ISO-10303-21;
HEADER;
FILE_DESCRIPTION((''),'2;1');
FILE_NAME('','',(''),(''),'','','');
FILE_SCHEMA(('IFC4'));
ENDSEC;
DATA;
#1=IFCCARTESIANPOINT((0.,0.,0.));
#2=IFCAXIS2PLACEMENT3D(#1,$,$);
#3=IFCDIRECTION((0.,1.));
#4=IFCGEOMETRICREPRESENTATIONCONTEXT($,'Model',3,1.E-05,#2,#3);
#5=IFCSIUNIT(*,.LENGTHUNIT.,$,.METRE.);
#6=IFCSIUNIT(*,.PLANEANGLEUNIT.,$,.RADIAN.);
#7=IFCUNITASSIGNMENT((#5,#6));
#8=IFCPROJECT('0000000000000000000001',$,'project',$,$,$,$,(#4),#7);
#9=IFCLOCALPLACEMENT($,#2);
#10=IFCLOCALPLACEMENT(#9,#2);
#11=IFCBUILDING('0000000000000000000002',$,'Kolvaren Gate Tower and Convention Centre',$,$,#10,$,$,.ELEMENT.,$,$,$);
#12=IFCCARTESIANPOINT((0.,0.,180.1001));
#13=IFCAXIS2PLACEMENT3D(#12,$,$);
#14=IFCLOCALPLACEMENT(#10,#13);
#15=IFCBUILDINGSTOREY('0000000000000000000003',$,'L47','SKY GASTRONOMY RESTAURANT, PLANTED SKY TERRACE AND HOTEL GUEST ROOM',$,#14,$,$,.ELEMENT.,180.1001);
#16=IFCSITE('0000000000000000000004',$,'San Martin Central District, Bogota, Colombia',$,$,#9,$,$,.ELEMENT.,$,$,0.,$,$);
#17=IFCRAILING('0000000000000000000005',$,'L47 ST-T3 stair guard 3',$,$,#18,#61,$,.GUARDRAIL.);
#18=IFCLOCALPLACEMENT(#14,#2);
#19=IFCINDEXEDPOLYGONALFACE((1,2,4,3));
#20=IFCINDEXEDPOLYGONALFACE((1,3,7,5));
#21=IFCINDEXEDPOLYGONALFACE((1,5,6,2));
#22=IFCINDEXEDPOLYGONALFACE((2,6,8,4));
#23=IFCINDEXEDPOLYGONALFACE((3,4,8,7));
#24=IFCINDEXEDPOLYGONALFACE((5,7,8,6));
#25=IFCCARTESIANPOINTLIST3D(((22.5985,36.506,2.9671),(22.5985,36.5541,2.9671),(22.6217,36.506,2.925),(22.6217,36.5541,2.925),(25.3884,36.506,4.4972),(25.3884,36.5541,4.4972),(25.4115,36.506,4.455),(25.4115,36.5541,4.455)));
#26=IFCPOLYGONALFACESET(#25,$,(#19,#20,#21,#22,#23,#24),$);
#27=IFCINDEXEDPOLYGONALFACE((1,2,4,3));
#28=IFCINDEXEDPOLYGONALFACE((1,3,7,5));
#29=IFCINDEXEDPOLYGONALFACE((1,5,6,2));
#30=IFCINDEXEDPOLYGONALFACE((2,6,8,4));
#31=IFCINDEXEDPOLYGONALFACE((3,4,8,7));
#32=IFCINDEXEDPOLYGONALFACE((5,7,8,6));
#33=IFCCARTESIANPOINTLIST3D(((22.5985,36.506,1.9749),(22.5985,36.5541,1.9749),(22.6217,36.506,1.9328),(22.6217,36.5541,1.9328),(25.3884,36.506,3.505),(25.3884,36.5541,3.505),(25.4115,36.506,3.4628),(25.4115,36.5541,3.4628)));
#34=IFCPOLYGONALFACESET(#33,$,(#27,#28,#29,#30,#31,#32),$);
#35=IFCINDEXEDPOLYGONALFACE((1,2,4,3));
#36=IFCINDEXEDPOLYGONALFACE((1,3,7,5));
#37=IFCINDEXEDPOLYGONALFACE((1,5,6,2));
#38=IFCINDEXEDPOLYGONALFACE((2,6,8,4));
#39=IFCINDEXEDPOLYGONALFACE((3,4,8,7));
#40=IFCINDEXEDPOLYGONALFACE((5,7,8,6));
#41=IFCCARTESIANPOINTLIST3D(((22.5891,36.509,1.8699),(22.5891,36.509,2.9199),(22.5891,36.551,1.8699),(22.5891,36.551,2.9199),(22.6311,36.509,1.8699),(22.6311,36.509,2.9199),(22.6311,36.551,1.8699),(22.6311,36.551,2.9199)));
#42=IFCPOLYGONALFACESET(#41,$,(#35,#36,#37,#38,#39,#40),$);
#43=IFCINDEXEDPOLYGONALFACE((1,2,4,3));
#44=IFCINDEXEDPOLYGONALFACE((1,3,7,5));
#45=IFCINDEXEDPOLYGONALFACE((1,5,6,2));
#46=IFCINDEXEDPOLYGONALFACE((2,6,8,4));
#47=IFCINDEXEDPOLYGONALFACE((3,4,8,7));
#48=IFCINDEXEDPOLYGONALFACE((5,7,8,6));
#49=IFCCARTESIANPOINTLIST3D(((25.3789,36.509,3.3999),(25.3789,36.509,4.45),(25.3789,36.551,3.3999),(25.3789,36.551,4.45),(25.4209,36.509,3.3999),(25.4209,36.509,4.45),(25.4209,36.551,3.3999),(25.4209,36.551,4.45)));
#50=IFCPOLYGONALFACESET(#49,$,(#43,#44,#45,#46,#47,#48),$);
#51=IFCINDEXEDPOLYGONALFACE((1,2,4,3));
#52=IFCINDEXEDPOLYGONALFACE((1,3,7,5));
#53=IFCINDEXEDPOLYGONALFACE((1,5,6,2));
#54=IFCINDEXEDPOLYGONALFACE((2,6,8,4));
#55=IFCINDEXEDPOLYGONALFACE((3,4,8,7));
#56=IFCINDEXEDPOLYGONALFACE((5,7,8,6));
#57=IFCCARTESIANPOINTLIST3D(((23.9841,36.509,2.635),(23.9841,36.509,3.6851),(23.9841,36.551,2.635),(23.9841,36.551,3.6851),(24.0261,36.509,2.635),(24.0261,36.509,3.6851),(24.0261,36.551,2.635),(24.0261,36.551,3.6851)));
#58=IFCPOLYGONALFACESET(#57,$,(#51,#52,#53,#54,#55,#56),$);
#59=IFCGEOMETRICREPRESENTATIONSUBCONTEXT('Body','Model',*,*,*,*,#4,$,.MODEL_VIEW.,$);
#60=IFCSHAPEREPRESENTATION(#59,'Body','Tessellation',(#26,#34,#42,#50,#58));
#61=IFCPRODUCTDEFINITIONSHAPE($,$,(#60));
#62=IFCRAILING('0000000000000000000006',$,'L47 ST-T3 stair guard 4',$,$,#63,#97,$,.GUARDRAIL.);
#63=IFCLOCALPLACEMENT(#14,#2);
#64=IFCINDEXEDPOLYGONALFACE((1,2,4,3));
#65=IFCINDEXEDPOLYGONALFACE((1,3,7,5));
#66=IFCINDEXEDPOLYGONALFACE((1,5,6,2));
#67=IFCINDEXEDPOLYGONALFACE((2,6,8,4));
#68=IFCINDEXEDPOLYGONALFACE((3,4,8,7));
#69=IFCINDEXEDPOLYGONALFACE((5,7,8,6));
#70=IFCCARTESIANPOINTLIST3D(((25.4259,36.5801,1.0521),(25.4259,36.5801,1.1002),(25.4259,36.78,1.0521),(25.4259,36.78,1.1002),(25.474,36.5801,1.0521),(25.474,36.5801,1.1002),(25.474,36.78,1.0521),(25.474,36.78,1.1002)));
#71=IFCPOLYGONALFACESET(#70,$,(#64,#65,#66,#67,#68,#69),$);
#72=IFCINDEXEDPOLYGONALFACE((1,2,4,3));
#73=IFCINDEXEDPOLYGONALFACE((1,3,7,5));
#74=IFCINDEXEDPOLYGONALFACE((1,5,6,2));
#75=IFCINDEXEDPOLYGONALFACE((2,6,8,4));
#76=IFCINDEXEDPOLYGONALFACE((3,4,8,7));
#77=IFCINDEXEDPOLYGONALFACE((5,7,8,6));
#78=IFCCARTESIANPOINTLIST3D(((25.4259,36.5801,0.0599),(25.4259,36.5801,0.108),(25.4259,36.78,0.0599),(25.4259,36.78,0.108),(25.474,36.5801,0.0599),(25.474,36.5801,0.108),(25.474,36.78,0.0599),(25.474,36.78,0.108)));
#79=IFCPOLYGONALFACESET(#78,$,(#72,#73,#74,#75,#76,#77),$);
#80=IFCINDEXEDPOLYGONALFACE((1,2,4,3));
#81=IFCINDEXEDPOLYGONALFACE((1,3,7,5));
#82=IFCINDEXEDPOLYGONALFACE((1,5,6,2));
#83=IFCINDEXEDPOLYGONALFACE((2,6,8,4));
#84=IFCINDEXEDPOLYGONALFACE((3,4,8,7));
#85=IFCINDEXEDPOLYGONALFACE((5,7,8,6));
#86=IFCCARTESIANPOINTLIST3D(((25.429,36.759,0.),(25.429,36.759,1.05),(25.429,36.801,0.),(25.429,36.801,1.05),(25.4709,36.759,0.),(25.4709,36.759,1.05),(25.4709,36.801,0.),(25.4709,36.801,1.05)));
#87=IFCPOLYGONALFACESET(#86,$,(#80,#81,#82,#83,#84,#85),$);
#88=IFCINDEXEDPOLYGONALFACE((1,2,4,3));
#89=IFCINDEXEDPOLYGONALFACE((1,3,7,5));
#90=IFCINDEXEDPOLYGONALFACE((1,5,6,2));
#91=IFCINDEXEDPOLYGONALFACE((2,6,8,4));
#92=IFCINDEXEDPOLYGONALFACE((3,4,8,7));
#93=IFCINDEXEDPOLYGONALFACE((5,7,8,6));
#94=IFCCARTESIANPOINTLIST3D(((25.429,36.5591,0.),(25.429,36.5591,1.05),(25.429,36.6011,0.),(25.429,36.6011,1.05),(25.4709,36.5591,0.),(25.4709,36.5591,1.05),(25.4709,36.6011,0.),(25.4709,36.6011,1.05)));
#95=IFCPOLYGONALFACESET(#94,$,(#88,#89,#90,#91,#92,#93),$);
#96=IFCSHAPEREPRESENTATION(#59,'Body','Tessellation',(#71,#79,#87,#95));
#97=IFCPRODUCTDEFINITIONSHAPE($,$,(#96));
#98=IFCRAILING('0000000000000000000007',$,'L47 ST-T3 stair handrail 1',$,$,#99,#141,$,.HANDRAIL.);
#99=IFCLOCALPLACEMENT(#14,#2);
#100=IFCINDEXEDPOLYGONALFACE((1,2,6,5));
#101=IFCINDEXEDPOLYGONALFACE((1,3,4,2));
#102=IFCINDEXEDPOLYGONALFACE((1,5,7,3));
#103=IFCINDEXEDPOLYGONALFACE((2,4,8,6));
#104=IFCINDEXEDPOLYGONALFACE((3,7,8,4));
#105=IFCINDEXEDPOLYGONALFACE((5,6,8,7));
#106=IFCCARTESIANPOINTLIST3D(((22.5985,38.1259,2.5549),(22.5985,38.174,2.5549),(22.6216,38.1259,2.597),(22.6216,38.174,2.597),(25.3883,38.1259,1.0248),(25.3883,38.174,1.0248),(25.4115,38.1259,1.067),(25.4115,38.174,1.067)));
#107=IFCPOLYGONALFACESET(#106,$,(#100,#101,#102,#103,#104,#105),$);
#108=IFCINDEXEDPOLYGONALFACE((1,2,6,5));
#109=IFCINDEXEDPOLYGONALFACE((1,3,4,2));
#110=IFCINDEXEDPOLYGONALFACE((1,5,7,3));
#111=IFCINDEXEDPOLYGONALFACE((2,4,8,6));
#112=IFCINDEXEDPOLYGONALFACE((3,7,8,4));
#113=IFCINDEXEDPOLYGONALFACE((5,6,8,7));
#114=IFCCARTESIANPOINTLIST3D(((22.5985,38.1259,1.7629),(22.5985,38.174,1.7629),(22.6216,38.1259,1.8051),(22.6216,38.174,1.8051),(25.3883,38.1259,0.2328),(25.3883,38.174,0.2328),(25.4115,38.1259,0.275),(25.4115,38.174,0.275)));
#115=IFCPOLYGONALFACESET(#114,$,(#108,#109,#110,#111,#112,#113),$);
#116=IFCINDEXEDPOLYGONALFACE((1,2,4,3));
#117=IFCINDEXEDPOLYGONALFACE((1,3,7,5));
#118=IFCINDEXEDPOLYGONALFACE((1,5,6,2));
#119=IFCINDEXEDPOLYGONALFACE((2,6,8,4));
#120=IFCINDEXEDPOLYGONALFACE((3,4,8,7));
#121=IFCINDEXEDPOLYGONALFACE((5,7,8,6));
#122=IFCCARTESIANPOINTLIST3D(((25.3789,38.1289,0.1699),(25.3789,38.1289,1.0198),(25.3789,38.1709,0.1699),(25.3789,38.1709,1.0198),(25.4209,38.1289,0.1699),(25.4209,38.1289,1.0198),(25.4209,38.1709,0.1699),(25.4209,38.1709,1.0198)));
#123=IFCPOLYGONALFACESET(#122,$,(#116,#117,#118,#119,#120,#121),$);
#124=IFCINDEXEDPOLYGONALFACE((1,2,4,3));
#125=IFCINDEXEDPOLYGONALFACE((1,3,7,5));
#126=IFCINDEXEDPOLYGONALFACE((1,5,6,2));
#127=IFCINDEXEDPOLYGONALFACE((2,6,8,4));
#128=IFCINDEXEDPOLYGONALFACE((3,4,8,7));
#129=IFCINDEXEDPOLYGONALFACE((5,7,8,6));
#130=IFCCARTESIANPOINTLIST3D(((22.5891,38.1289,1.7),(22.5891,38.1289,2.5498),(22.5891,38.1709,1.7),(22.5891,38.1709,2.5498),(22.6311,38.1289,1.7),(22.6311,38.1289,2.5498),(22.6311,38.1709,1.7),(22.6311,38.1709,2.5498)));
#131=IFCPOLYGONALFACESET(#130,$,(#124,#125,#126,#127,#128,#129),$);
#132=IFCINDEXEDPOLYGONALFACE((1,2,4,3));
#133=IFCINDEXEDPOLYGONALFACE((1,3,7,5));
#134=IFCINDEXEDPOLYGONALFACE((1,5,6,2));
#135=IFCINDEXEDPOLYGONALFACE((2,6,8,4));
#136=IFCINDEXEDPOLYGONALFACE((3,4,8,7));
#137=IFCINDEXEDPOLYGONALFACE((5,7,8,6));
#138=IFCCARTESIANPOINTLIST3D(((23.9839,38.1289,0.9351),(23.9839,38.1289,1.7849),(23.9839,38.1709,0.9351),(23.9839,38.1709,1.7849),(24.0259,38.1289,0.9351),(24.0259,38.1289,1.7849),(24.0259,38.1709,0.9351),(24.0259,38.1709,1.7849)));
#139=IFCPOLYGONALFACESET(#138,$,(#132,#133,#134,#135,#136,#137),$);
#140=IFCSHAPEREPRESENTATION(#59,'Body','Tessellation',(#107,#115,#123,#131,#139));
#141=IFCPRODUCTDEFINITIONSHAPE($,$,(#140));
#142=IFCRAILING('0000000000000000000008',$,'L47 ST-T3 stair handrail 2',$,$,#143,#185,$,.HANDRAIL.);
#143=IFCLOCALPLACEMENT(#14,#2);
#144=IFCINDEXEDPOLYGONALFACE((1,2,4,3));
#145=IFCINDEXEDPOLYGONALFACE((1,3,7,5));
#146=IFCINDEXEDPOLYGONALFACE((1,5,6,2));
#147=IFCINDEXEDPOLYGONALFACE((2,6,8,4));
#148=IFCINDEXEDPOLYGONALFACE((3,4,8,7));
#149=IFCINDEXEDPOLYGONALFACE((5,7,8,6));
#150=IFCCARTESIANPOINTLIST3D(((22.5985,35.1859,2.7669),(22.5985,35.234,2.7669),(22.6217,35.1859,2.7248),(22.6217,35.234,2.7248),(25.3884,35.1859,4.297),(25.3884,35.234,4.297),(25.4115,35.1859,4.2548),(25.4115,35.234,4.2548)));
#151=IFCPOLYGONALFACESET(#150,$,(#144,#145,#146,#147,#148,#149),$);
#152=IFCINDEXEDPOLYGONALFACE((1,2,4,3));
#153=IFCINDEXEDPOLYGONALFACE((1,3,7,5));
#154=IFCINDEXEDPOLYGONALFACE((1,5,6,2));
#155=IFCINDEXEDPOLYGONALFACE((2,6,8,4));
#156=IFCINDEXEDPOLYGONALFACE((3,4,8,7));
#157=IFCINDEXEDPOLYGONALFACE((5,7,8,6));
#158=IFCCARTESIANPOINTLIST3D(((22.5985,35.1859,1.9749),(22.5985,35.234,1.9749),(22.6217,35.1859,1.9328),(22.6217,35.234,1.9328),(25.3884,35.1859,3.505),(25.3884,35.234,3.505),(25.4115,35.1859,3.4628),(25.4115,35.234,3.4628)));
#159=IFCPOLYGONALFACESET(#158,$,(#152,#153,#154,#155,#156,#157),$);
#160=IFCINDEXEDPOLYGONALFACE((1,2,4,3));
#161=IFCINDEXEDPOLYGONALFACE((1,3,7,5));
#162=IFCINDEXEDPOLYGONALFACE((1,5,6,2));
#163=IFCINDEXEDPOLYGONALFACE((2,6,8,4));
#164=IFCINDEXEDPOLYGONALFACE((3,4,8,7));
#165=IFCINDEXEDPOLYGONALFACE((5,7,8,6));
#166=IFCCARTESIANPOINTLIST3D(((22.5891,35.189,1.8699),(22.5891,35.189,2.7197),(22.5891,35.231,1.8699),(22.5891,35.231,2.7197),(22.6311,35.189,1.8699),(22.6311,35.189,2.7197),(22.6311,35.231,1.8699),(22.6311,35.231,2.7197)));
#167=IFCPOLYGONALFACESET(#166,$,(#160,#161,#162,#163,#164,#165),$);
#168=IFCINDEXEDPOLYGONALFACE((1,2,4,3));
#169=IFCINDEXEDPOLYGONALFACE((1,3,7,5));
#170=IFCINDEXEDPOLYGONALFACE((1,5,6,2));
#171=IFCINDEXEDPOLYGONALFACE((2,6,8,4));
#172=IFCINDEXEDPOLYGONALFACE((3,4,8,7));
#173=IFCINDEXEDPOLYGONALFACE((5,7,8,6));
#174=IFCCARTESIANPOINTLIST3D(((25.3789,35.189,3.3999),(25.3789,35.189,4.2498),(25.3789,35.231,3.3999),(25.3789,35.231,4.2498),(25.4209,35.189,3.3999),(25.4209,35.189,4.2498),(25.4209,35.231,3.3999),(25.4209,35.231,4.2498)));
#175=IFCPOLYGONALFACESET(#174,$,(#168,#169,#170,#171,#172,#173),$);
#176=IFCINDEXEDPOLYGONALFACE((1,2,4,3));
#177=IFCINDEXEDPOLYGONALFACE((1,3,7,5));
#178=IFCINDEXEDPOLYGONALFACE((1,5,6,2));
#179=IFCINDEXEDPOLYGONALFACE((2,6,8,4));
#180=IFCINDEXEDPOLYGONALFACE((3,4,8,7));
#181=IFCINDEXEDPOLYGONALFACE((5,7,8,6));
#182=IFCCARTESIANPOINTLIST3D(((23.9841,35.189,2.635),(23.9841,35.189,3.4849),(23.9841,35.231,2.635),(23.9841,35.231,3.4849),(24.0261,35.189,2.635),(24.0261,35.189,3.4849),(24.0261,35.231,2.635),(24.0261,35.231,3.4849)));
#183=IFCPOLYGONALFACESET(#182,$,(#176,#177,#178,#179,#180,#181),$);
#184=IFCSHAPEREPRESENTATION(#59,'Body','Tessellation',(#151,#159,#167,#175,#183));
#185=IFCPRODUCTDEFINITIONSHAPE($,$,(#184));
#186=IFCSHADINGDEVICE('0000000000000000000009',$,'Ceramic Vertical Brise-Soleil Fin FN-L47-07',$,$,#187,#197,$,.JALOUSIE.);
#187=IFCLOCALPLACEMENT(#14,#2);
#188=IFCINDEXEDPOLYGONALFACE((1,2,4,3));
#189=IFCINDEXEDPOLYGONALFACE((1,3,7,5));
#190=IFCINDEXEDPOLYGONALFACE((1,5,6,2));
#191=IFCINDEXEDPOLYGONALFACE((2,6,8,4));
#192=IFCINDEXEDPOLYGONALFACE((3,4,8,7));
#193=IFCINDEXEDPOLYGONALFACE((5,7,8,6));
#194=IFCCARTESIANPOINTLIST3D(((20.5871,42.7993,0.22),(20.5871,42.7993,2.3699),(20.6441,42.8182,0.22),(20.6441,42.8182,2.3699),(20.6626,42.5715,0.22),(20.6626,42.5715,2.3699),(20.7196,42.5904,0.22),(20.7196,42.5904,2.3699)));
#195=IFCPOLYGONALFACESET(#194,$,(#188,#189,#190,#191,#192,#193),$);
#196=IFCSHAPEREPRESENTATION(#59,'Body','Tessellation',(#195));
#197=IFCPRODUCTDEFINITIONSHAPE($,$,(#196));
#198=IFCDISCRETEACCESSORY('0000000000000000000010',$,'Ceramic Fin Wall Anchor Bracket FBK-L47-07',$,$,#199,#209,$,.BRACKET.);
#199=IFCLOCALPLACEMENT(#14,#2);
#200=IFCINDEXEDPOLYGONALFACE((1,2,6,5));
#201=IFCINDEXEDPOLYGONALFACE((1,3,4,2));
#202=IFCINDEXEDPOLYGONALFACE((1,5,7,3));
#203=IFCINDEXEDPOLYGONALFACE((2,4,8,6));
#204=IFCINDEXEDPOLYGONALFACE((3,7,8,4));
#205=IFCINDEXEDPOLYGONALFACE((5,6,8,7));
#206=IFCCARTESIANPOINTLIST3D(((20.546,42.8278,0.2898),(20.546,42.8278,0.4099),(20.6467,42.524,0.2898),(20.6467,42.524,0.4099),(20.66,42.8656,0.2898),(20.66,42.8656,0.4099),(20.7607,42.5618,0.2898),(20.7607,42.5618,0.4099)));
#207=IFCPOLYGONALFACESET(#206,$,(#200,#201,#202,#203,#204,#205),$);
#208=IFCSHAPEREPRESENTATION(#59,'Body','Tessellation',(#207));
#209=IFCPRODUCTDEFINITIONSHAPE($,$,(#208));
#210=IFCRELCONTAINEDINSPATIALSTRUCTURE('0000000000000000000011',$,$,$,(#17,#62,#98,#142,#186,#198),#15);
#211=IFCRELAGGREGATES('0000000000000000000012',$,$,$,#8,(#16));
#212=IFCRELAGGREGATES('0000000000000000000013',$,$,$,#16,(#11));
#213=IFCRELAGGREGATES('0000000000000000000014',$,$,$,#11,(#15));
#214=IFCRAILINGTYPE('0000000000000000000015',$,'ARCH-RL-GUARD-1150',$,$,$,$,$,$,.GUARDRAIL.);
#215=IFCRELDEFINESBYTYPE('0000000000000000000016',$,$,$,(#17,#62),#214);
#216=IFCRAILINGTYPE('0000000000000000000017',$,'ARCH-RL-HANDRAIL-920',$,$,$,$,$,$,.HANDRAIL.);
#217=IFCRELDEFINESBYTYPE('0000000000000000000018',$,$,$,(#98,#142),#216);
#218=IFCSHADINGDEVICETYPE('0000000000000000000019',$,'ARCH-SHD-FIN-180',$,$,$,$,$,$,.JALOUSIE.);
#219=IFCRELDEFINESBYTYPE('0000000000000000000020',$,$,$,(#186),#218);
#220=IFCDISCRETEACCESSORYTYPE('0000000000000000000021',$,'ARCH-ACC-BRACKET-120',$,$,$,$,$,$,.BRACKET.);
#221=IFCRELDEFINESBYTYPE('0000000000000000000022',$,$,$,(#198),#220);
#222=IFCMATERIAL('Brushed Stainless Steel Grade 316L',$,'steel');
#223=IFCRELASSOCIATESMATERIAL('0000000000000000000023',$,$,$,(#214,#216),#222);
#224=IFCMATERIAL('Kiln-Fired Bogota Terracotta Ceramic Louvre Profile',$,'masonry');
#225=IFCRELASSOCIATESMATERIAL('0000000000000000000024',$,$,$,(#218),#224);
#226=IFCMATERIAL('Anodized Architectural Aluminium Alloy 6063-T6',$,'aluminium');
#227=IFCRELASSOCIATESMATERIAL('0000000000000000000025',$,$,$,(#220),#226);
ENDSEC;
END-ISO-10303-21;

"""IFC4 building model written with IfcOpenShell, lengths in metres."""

from ifc_helpers import new_model, si_unit, direction, frame, origin, origin_2d, place, context, subcontext, project, spatial, rectangle, extrude, material, type_object, element, save


model = new_model("IFC4")

# Units and contexts
model_context = context("Model", 3, precision=1e-05, world=origin(), true_north=direction((0.0, 1.0)))
body_context = subcontext(model_context, "Body", "Model", "MODEL_VIEW")
ifc_project = project(units=[si_unit("LENGTHUNIT", "METRE"), si_unit("PLANEANGLEUNIT", "RADIAN")], contexts=[model_context])

# Site, building, storey
site_placement = place(None, origin())
site = spatial("IfcSite", under=ifc_project, at=site_placement, Name="San Martin Central District, Bogota, Colombia", CompositionType="ELEMENT", RefElevation=0.0)
building_placement = place(site_placement, origin())
building = spatial("IfcBuilding", under=site, at=building_placement, Name="Kolvaren Gate Tower and Convention Centre", CompositionType="ELEMENT")
storey_placement = place(building_placement, frame((0.0, 0.0, 180.1001)))
storey = spatial("IfcBuildingStorey", under=building, at=storey_placement, Name="L47", Description="SKY GASTRONOMY RESTAURANT, PLANTED SKY TERRACE AND HOTEL GUEST ROOM", CompositionType="ELEMENT", Elevation=180.1001)

# Railings
ifc_material_1 = material(Name="Brushed Stainless Steel Grade 316L", Category="steel")
railing_type_1 = type_object("IfcRailingType", Name="ARCH-RL-GUARD-1150", PredefinedType="GUARDRAIL", material=ifc_material_1)
railing_1_placement = place(storey_placement, frame((22.6101, 36.53, 1.8699)))
element("IfcRailing", 1, at=railing_1_placement, inside=storey, type_object=railing_type_1, Name="L47 ST-T3 stair guard 3", PredefinedType="GUARDRAIL", context=body_context, shape_type="SweptSolid", body=[
    extrude(rectangle(XDim=0.0481, YDim=0.0481, at=origin_2d()), frame((0.0, 0.0, 1.0762), z_axis=(0.876794, 0.0, 0.480867), x_axis=(0.0, 1.0, 0.0)), (0.0, 0.0, 1.0), 3.1819),
    extrude(rectangle(XDim=0.0481, YDim=0.0481, at=origin_2d()), frame((0.0, 0.0, 0.084), z_axis=(0.876794, 0.0, 0.480867), x_axis=(0.0, 1.0, 0.0)), (0.0, 0.0, 1.0), 3.1819),
    extrude(rectangle(XDim=0.042, YDim=0.042, at=origin_2d()), origin(), (0.0, 0.0, 1.0), 1.05),
    extrude(rectangle(XDim=0.042, YDim=0.042, at=origin_2d()), frame((2.7898, 0.0, 1.53)), (0.0, 0.0, 1.0), 1.05),
    extrude(rectangle(XDim=0.042, YDim=0.042, at=origin_2d()), frame((1.395, 0.0, 0.7651)), (0.0, 0.0, 1.0), 1.05),
])
railing_2_placement = place(storey_placement, frame((25.45, 36.78, 0.0)))
element("IfcRailing", 2, at=railing_2_placement, inside=storey, type_object=railing_type_1, Name="L47 ST-T3 stair guard 4", PredefinedType="GUARDRAIL", context=body_context, shape_type="SweptSolid", body=[
    extrude(rectangle(XDim=0.0481, YDim=0.0481, at=origin_2d()), frame((0.0, 0.0, 1.0762), z_axis=(0.0, -1.0, 0.0), x_axis=(1.0, 0.0, 0.0)), (0.0, 0.0, 1.0), 0.2),
    extrude(rectangle(XDim=0.0481, YDim=0.0481, at=origin_2d()), frame((0.0, 0.0, 0.084), z_axis=(0.0, -1.0, 0.0), x_axis=(1.0, 0.0, 0.0)), (0.0, 0.0, 1.0), 0.2),
    extrude(rectangle(XDim=0.042, YDim=0.042, at=origin_2d()), origin(), (0.0, 0.0, 1.0), 1.05),
    extrude(rectangle(XDim=0.042, YDim=0.042, at=origin_2d()), frame((0.0, -0.2, 0.0)), (0.0, 0.0, 1.0), 1.05),
])
railing_type_2 = type_object("IfcRailingType", Name="ARCH-RL-HANDRAIL-920", PredefinedType="HANDRAIL", material=ifc_material_1)
railing_3_placement = place(storey_placement, frame((25.3999, 38.1499, 0.1699)))
element("IfcRailing", 3, at=railing_3_placement, inside=storey, type_object=railing_type_2, Name="L47 ST-T3 stair handrail 1", PredefinedType="HANDRAIL", context=body_context, shape_type="SweptSolid", body=[
    extrude(rectangle(XDim=0.0481, YDim=0.0481, at=origin_2d()), frame((0.0, 0.0, 0.876), z_axis=(-0.876794, 0.0, 0.480867), x_axis=(0.0, -1.0, 0.0)), (0.0, 0.0, 1.0), 3.1819),
    extrude(rectangle(XDim=0.0481, YDim=0.0481, at=origin_2d()), frame((0.0, 0.0, 0.084), z_axis=(-0.876794, 0.0, 0.480867), x_axis=(0.0, -1.0, 0.0)), (0.0, 0.0, 1.0), 3.1819),
    extrude(rectangle(XDim=0.042, YDim=0.042, at=origin_2d()), origin(), (0.0, 0.0, 1.0), 0.8499),
    extrude(rectangle(XDim=0.042, YDim=0.042, at=origin_2d()), frame((-2.7898, 0.0, 1.53)), (0.0, 0.0, 1.0), 0.8499),
    extrude(rectangle(XDim=0.042, YDim=0.042, at=origin_2d()), frame((-1.395, 0.0, 0.7651)), (0.0, 0.0, 1.0), 0.8499),
])
railing_4_placement = place(storey_placement, frame((22.6101, 35.21, 1.8699)))
element("IfcRailing", 4, at=railing_4_placement, inside=storey, type_object=railing_type_2, Name="L47 ST-T3 stair handrail 2", PredefinedType="HANDRAIL", context=body_context, shape_type="SweptSolid", body=[
    extrude(rectangle(XDim=0.0481, YDim=0.0481, at=origin_2d()), frame((0.0, 0.0, 0.876), z_axis=(0.876794, 0.0, 0.480867), x_axis=(0.0, 1.0, 0.0)), (0.0, 0.0, 1.0), 3.1819),
    extrude(rectangle(XDim=0.0481, YDim=0.0481, at=origin_2d()), frame((0.0, 0.0, 0.084), z_axis=(0.876794, 0.0, 0.480867), x_axis=(0.0, 1.0, 0.0)), (0.0, 0.0, 1.0), 3.1819),
    extrude(rectangle(XDim=0.042, YDim=0.042, at=origin_2d()), origin(), (0.0, 0.0, 1.0), 0.8499),
    extrude(rectangle(XDim=0.042, YDim=0.042, at=origin_2d()), frame((2.7898, 0.0, 1.53)), (0.0, 0.0, 1.0), 0.8499),
    extrude(rectangle(XDim=0.042, YDim=0.042, at=origin_2d()), frame((1.395, 0.0, 0.7651)), (0.0, 0.0, 1.0), 0.8499),
])

# Shading device
ifc_material_2 = material(Name="Kiln-Fired Bogota Terracotta Ceramic Louvre Profile", Category="masonry")
shading_device_type = type_object("IfcShadingDeviceType", Name="ARCH-SHD-FIN-180", PredefinedType="JALOUSIE", material=ifc_material_2)
shading_device_placement = place(storey_placement, frame((20.6533, 42.6948, 0.22), z_axis=(0.0, 0.0, 1.0), x_axis=(0.949238, 0.314559, 0.0)))
element("IfcShadingDevice", 5, at=shading_device_placement, inside=storey, type_object=shading_device_type, Name="Ceramic Vertical Brise-Soleil Fin FN-L47-07", PredefinedType="JALOUSIE", context=body_context, shape_type="SweptSolid", body=[
    extrude(rectangle(XDim=0.0601, YDim=0.24, at=origin_2d()), origin(), (0.0, 0.0, 1.0), 2.1499),
])

# Discrete accessory
ifc_material_3 = material(Name="Anodized Architectural Aluminium Alloy 6063-T6", Category="aluminium")
discrete_accessory_type = type_object("IfcDiscreteAccessoryType", Name="ARCH-ACC-BRACKET-120", PredefinedType="BRACKET", material=ifc_material_3)
discrete_accessory_placement = place(storey_placement, frame((20.6533, 42.6948, 0.2898), z_axis=(0.0, 0.0, 1.0), x_axis=(0.949238, 0.314559, 0.0)))
element("IfcDiscreteAccessory", 6, at=discrete_accessory_placement, inside=storey, type_object=discrete_accessory_type, Name="Ceramic Fin Wall Anchor Bracket FBK-L47-07", PredefinedType="BRACKET", context=body_context, shape_type="SweptSolid", body=[
    extrude(rectangle(XDim=0.1201, YDim=0.3201, at=origin_2d()), origin(), (0.0, 0.0, 1.0), 0.1201),
])

save(model, "model.ifc")
